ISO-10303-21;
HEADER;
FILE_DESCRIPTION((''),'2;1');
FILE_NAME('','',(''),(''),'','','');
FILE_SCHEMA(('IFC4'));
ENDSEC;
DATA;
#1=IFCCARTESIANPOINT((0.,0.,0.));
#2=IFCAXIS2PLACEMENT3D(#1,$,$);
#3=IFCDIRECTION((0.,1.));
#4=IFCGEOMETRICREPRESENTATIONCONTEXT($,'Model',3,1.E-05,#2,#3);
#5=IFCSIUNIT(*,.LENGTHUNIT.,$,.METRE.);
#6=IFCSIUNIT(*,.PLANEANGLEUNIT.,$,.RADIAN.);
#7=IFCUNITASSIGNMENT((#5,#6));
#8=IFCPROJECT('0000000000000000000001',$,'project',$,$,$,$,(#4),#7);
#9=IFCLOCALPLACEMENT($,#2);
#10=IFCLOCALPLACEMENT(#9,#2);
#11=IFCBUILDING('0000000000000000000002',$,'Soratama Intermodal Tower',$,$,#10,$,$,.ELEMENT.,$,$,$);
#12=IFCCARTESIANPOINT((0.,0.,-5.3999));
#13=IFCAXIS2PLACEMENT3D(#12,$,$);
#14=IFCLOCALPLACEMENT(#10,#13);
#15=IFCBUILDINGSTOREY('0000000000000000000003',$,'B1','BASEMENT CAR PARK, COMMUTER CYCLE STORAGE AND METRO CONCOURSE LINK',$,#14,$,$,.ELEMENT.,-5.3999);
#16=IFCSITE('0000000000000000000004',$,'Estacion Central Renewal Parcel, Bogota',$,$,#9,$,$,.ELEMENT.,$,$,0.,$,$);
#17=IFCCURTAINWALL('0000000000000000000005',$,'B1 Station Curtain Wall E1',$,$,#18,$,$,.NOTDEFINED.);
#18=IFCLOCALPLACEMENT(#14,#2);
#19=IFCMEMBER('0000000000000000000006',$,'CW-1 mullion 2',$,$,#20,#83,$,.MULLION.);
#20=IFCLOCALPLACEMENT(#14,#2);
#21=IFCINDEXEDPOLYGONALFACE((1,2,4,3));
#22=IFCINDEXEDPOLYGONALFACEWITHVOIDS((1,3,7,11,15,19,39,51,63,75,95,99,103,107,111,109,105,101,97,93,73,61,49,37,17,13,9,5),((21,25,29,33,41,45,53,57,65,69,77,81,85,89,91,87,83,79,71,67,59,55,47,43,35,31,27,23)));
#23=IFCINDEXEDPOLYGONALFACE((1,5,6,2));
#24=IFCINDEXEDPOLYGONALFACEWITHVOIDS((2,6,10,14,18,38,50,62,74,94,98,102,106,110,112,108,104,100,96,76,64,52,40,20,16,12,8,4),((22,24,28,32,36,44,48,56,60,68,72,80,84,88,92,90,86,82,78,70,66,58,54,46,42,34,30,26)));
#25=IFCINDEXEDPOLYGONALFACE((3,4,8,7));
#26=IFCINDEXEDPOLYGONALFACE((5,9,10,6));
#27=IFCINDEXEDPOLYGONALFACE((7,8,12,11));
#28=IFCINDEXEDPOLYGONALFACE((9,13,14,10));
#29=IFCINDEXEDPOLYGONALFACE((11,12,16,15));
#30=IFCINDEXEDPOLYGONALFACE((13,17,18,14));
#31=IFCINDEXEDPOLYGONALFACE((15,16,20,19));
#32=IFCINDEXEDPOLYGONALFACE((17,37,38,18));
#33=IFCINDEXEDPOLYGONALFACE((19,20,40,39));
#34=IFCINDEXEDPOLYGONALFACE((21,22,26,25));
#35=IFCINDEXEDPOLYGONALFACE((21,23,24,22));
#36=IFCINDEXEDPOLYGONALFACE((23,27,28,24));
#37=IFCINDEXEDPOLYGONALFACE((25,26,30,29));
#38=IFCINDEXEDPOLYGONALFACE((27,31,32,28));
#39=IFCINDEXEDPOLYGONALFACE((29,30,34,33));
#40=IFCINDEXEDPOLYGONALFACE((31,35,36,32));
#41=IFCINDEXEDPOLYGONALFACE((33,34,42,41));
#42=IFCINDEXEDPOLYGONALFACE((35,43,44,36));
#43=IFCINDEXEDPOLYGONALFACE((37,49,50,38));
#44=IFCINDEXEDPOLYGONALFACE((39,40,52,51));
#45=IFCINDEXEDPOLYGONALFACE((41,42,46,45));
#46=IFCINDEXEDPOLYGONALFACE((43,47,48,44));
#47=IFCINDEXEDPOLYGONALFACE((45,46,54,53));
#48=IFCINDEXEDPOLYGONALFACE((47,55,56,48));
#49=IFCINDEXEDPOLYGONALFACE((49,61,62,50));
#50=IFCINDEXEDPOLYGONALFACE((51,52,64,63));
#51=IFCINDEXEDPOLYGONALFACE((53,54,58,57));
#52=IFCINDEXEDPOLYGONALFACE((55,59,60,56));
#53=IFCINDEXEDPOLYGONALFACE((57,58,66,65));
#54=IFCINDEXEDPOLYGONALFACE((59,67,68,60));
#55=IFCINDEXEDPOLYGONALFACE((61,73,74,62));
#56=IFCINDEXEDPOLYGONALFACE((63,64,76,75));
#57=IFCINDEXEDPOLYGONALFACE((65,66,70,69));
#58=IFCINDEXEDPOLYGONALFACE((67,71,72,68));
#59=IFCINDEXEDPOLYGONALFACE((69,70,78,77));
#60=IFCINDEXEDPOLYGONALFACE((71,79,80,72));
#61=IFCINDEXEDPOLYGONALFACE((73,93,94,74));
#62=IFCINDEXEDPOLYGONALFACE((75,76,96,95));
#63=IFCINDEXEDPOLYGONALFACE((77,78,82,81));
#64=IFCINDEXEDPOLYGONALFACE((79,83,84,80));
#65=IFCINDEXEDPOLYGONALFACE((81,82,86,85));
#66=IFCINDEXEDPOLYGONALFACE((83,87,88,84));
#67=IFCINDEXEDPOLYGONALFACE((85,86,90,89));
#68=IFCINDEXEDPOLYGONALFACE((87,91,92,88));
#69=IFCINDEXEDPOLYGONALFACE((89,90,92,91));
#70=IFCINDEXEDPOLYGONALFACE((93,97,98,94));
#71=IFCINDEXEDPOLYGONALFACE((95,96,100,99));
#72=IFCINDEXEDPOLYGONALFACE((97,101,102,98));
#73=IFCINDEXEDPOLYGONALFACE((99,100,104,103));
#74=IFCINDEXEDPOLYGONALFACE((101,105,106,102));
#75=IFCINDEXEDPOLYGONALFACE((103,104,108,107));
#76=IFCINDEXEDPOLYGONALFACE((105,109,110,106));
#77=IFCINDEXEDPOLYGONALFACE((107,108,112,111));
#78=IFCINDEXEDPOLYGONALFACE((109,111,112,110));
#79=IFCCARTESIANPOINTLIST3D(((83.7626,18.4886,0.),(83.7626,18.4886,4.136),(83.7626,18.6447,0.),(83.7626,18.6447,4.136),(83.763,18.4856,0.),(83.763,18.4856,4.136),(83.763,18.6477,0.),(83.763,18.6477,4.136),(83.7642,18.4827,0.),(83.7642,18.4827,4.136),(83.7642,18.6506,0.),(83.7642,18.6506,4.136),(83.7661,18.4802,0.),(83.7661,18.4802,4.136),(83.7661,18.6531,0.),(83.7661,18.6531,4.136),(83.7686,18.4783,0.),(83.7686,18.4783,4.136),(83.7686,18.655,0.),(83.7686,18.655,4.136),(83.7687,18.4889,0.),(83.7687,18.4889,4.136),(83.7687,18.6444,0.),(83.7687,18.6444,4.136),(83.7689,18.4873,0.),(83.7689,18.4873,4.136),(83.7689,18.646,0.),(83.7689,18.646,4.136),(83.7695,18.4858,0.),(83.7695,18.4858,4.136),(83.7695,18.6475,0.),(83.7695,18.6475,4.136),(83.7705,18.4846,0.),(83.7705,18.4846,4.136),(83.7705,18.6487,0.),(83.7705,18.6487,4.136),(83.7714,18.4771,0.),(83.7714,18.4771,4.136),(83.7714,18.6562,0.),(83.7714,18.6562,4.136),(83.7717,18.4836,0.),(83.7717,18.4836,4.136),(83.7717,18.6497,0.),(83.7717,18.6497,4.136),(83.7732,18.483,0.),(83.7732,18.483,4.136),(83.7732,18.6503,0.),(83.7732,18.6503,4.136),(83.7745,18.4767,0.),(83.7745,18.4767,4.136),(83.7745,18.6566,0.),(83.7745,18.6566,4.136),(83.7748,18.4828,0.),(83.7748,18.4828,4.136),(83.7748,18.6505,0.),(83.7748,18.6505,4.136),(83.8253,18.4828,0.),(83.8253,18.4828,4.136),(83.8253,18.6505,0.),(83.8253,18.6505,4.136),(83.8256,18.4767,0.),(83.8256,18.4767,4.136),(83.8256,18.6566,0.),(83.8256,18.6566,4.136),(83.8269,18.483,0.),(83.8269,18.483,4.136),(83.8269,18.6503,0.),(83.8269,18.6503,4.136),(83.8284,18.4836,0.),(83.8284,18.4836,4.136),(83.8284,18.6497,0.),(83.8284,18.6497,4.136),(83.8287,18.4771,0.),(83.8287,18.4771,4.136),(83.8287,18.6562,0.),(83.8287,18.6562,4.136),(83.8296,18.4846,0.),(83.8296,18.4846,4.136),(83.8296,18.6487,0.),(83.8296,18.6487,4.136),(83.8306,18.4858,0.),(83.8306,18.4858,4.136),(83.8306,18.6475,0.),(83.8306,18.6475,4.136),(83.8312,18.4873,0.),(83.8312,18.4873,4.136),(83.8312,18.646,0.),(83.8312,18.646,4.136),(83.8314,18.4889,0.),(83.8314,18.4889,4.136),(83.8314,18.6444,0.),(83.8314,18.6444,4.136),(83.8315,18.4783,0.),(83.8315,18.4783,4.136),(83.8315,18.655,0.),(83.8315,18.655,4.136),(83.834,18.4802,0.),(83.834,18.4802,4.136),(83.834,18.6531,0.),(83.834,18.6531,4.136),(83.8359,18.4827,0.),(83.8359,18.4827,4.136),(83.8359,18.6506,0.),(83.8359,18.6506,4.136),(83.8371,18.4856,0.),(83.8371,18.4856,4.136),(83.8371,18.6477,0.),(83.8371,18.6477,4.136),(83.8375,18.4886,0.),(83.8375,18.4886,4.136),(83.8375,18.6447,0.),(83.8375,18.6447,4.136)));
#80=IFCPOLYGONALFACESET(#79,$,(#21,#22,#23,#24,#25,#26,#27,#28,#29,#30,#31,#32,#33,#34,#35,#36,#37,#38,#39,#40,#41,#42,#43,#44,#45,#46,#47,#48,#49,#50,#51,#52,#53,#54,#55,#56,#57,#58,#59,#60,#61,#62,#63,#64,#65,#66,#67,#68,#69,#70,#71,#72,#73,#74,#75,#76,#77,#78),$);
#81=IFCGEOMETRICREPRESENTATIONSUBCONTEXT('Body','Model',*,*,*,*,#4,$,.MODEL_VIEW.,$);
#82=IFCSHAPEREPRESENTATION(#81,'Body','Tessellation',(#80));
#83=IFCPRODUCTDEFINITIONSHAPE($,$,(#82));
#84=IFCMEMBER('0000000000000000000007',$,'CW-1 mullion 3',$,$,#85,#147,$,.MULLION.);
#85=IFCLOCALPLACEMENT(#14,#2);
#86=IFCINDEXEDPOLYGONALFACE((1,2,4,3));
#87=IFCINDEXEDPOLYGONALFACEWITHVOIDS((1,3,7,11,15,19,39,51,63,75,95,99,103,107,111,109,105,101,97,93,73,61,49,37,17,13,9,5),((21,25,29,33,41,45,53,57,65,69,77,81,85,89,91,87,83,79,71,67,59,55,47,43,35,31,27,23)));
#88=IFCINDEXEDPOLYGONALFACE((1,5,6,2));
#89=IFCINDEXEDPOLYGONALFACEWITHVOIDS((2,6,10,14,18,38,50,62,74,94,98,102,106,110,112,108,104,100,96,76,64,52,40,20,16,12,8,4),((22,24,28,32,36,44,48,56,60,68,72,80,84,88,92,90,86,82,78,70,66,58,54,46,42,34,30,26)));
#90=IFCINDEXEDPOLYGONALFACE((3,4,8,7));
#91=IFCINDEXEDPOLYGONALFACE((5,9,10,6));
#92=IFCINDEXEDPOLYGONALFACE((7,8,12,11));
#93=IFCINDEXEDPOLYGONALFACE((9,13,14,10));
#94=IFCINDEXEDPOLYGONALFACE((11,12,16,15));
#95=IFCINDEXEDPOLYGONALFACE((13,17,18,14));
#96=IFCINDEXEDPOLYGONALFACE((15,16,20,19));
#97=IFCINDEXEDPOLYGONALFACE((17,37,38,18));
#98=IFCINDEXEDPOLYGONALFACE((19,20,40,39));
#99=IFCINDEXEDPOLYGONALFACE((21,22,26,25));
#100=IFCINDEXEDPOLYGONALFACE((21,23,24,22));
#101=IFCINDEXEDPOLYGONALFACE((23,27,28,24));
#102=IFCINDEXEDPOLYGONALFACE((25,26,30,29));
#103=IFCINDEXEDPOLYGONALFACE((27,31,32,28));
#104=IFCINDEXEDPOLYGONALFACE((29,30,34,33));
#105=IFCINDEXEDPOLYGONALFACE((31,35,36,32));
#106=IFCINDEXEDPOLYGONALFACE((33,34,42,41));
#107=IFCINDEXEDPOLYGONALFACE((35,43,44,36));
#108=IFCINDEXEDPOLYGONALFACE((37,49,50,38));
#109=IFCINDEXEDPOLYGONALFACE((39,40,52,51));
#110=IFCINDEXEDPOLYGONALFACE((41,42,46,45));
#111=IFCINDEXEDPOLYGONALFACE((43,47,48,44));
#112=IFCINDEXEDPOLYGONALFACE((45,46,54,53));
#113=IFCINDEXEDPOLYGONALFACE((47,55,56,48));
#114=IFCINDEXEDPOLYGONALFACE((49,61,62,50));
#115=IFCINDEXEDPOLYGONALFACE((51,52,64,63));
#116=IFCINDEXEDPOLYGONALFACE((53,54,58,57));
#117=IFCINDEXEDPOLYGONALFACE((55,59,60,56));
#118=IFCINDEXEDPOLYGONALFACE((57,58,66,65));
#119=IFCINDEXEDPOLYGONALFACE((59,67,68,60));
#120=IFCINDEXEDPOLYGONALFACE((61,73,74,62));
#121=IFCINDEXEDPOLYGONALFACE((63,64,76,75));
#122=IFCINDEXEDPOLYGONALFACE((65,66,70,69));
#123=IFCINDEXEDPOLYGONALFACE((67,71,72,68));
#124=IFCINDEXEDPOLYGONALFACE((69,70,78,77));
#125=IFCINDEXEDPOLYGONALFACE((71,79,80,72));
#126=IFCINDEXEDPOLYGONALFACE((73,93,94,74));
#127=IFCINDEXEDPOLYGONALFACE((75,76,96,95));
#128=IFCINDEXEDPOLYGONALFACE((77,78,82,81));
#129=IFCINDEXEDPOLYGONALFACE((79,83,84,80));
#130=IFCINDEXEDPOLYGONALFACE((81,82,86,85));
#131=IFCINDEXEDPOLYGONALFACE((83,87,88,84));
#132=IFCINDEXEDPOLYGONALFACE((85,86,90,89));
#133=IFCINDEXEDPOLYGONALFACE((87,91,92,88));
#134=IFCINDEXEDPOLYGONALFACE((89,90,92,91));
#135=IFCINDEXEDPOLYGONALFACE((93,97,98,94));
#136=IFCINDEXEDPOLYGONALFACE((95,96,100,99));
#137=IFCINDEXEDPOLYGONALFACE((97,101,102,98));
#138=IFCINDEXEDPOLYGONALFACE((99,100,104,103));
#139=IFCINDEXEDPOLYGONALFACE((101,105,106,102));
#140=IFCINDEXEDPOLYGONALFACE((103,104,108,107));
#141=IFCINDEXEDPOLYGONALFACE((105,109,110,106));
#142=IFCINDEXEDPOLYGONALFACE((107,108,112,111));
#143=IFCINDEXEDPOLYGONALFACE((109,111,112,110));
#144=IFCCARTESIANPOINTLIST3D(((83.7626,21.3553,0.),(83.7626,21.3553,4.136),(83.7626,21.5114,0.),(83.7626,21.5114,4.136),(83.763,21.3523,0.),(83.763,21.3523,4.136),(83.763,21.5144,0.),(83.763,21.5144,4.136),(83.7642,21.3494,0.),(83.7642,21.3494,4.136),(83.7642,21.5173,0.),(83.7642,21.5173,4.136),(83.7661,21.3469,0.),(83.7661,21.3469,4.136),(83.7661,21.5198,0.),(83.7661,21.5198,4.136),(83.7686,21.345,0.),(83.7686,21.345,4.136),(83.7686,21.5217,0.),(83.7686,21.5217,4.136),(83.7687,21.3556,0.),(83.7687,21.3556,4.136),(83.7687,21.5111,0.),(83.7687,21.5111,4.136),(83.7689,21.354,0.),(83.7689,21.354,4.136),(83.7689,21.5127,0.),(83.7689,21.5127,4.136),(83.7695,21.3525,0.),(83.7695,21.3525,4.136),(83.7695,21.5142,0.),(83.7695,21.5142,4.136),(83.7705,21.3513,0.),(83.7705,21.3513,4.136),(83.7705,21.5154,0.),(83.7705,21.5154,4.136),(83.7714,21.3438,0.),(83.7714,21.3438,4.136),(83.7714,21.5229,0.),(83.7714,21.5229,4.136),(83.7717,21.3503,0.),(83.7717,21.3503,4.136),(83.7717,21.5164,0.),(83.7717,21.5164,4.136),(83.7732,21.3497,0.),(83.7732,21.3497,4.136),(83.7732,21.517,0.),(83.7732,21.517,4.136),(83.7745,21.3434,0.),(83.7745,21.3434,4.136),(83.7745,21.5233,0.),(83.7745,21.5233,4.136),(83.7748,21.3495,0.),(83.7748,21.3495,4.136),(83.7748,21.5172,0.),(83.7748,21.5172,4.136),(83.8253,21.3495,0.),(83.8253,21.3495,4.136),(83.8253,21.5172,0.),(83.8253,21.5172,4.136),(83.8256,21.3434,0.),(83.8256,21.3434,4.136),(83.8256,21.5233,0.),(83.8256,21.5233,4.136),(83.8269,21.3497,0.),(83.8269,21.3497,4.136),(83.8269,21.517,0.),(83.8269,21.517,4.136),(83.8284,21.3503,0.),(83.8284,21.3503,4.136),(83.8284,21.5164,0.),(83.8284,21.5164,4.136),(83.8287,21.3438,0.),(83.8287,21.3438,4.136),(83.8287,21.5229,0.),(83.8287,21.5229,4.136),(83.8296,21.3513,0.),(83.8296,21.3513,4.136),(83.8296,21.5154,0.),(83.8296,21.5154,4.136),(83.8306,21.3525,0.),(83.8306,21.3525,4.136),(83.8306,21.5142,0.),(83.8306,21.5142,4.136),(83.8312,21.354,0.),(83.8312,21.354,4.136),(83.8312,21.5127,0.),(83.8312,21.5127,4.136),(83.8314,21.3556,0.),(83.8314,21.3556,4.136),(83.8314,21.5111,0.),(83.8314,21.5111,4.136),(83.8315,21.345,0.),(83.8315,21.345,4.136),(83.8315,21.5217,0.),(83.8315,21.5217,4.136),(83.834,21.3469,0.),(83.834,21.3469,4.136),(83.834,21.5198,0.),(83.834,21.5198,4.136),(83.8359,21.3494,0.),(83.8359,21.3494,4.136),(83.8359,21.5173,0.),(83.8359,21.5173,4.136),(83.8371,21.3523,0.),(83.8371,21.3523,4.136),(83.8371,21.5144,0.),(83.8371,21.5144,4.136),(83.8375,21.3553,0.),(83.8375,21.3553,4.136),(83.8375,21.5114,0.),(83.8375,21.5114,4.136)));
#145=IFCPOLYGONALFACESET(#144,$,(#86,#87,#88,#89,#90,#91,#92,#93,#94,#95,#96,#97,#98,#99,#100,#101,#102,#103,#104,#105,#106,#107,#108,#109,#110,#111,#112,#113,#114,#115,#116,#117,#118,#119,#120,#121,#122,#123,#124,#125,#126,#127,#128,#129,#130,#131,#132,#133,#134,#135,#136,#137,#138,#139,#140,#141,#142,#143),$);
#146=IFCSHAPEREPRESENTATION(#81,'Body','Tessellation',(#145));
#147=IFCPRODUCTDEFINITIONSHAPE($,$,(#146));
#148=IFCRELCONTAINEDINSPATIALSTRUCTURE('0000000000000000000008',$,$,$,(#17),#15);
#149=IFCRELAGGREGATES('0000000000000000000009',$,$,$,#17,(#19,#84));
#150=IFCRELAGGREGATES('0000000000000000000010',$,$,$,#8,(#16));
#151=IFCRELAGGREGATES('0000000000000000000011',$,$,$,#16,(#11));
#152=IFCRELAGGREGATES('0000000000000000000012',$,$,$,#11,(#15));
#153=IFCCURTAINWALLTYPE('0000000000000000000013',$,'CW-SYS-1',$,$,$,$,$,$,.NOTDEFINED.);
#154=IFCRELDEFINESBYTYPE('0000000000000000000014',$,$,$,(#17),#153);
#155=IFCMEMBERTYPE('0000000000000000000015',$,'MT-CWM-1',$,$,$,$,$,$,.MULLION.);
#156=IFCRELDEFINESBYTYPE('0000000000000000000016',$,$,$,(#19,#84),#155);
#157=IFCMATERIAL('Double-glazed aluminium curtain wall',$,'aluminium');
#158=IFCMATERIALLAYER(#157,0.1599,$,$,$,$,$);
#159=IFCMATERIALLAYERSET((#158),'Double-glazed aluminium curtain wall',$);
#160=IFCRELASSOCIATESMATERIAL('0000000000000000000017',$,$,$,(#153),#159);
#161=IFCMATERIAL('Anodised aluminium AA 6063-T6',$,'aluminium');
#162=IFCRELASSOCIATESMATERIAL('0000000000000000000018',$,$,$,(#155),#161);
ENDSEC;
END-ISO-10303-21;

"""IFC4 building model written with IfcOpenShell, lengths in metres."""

from ifc_helpers import new_model, si_unit, direction, frame, origin, origin_2d, place, context, subcontext, project, spatial, hollow_rectangle, extrude, material, layer, layer_set, material_profile, profile_set, type_object, element, aggregate, save


model = new_model("IFC4")

# Units and contexts
model_context = context("Model", 3, precision=1e-05, world=origin(), true_north=direction((0.0, 1.0)))
body_context = subcontext(model_context, "Body", "Model", "MODEL_VIEW")
ifc_project = project(units=[si_unit("LENGTHUNIT", "METRE"), si_unit("PLANEANGLEUNIT", "RADIAN")], contexts=[model_context])

# Site, building, storey
site_placement = place(None, origin())
site = spatial("IfcSite", under=ifc_project, at=site_placement, Name="Estacion Central Renewal Parcel, Bogota", CompositionType="ELEMENT", RefElevation=0.0)
building_placement = place(site_placement, origin())
building = spatial("IfcBuilding", under=site, at=building_placement, Name="Soratama Intermodal Tower", CompositionType="ELEMENT")
storey_placement = place(building_placement, frame((0.0, 0.0, -5.3999)))
storey = spatial("IfcBuildingStorey", under=building, at=storey_placement, Name="B1", Description="BASEMENT CAR PARK, COMMUTER CYCLE STORAGE AND METRO CONCOURSE LINK", CompositionType="ELEMENT", Elevation=-5.3999)

# Curtain wall, members
ifc_material_1 = material(Name="Double-glazed aluminium curtain wall", Category="aluminium")
ifc_layer_1 = layer(ifc_material_1, 0.1599)
ifc_layer_set_1 = layer_set([ifc_layer_1], Name="Double-glazed aluminium curtain wall")
curtain_wall_type = type_object("IfcCurtainWallType", Name="CW-SYS-1", PredefinedType="NOTDEFINED", material=ifc_layer_set_1)
curtain_wall_1_placement = place(storey_placement, origin())
curtain_wall_1 = element("IfcCurtainWall", 1, at=curtain_wall_1_placement, inside=storey, type_object=curtain_wall_type, Name="B1 Station Curtain Wall E1", PredefinedType="NOTDEFINED")
ifc_material_2 = material(Name="Anodised aluminium AA 6063-T6", Category="aluminium")
ifc_material_profile_1 = material_profile(ifc_material_2, hollow_rectangle(XDim=0.075, YDim=0.1799, WallThickness=0.0061, InnerFilletRadius=0.0061, OuterFilletRadius=0.012, at=origin_2d()), Name="CWM180X75X6")
ifc_profile_set_1 = profile_set([ifc_material_profile_1], Name="Anodised aluminium AA 6063-T6")
member_type_1 = type_object("IfcMemberType", Name="MT-CWM-1", PredefinedType="MULLION", material=ifc_profile_set_1)
member_1_placement = place(storey_placement, frame((83.8, 18.5667, 0.0), z_axis=(0.0, 0.0, 1.0), x_axis=(-1.0, 0.0, 0.0)))
member_1 = element("IfcMember", 2, at=member_1_placement, type_object=member_type_1, Name="CW-1 mullion 2", PredefinedType="MULLION", context=body_context, shape_type="SweptSolid", body=[
    extrude(hollow_rectangle(XDim=0.075, YDim=0.1799, WallThickness=0.0061, InnerFilletRadius=0.0061, OuterFilletRadius=0.012, at=origin_2d()), origin(), (0.0, 0.0, 1.0), 4.136),
])
member_2_placement = place(storey_placement, frame((83.8, 21.4333, 0.0), z_axis=(0.0, 0.0, 1.0), x_axis=(-1.0, 0.0, 0.0)))
member_2 = element("IfcMember", 3, at=member_2_placement, type_object=member_type_1, Name="CW-1 mullion 3", PredefinedType="MULLION", context=body_context, shape_type="SweptSolid", body=[
    extrude(hollow_rectangle(XDim=0.075, YDim=0.1799, WallThickness=0.0061, InnerFilletRadius=0.0061, OuterFilletRadius=0.012, at=origin_2d()), origin(), (0.0, 0.0, 1.0), 4.136),
])

aggregate(curtain_wall_1, [member_1, member_2])

save(model, "model.ifc")
